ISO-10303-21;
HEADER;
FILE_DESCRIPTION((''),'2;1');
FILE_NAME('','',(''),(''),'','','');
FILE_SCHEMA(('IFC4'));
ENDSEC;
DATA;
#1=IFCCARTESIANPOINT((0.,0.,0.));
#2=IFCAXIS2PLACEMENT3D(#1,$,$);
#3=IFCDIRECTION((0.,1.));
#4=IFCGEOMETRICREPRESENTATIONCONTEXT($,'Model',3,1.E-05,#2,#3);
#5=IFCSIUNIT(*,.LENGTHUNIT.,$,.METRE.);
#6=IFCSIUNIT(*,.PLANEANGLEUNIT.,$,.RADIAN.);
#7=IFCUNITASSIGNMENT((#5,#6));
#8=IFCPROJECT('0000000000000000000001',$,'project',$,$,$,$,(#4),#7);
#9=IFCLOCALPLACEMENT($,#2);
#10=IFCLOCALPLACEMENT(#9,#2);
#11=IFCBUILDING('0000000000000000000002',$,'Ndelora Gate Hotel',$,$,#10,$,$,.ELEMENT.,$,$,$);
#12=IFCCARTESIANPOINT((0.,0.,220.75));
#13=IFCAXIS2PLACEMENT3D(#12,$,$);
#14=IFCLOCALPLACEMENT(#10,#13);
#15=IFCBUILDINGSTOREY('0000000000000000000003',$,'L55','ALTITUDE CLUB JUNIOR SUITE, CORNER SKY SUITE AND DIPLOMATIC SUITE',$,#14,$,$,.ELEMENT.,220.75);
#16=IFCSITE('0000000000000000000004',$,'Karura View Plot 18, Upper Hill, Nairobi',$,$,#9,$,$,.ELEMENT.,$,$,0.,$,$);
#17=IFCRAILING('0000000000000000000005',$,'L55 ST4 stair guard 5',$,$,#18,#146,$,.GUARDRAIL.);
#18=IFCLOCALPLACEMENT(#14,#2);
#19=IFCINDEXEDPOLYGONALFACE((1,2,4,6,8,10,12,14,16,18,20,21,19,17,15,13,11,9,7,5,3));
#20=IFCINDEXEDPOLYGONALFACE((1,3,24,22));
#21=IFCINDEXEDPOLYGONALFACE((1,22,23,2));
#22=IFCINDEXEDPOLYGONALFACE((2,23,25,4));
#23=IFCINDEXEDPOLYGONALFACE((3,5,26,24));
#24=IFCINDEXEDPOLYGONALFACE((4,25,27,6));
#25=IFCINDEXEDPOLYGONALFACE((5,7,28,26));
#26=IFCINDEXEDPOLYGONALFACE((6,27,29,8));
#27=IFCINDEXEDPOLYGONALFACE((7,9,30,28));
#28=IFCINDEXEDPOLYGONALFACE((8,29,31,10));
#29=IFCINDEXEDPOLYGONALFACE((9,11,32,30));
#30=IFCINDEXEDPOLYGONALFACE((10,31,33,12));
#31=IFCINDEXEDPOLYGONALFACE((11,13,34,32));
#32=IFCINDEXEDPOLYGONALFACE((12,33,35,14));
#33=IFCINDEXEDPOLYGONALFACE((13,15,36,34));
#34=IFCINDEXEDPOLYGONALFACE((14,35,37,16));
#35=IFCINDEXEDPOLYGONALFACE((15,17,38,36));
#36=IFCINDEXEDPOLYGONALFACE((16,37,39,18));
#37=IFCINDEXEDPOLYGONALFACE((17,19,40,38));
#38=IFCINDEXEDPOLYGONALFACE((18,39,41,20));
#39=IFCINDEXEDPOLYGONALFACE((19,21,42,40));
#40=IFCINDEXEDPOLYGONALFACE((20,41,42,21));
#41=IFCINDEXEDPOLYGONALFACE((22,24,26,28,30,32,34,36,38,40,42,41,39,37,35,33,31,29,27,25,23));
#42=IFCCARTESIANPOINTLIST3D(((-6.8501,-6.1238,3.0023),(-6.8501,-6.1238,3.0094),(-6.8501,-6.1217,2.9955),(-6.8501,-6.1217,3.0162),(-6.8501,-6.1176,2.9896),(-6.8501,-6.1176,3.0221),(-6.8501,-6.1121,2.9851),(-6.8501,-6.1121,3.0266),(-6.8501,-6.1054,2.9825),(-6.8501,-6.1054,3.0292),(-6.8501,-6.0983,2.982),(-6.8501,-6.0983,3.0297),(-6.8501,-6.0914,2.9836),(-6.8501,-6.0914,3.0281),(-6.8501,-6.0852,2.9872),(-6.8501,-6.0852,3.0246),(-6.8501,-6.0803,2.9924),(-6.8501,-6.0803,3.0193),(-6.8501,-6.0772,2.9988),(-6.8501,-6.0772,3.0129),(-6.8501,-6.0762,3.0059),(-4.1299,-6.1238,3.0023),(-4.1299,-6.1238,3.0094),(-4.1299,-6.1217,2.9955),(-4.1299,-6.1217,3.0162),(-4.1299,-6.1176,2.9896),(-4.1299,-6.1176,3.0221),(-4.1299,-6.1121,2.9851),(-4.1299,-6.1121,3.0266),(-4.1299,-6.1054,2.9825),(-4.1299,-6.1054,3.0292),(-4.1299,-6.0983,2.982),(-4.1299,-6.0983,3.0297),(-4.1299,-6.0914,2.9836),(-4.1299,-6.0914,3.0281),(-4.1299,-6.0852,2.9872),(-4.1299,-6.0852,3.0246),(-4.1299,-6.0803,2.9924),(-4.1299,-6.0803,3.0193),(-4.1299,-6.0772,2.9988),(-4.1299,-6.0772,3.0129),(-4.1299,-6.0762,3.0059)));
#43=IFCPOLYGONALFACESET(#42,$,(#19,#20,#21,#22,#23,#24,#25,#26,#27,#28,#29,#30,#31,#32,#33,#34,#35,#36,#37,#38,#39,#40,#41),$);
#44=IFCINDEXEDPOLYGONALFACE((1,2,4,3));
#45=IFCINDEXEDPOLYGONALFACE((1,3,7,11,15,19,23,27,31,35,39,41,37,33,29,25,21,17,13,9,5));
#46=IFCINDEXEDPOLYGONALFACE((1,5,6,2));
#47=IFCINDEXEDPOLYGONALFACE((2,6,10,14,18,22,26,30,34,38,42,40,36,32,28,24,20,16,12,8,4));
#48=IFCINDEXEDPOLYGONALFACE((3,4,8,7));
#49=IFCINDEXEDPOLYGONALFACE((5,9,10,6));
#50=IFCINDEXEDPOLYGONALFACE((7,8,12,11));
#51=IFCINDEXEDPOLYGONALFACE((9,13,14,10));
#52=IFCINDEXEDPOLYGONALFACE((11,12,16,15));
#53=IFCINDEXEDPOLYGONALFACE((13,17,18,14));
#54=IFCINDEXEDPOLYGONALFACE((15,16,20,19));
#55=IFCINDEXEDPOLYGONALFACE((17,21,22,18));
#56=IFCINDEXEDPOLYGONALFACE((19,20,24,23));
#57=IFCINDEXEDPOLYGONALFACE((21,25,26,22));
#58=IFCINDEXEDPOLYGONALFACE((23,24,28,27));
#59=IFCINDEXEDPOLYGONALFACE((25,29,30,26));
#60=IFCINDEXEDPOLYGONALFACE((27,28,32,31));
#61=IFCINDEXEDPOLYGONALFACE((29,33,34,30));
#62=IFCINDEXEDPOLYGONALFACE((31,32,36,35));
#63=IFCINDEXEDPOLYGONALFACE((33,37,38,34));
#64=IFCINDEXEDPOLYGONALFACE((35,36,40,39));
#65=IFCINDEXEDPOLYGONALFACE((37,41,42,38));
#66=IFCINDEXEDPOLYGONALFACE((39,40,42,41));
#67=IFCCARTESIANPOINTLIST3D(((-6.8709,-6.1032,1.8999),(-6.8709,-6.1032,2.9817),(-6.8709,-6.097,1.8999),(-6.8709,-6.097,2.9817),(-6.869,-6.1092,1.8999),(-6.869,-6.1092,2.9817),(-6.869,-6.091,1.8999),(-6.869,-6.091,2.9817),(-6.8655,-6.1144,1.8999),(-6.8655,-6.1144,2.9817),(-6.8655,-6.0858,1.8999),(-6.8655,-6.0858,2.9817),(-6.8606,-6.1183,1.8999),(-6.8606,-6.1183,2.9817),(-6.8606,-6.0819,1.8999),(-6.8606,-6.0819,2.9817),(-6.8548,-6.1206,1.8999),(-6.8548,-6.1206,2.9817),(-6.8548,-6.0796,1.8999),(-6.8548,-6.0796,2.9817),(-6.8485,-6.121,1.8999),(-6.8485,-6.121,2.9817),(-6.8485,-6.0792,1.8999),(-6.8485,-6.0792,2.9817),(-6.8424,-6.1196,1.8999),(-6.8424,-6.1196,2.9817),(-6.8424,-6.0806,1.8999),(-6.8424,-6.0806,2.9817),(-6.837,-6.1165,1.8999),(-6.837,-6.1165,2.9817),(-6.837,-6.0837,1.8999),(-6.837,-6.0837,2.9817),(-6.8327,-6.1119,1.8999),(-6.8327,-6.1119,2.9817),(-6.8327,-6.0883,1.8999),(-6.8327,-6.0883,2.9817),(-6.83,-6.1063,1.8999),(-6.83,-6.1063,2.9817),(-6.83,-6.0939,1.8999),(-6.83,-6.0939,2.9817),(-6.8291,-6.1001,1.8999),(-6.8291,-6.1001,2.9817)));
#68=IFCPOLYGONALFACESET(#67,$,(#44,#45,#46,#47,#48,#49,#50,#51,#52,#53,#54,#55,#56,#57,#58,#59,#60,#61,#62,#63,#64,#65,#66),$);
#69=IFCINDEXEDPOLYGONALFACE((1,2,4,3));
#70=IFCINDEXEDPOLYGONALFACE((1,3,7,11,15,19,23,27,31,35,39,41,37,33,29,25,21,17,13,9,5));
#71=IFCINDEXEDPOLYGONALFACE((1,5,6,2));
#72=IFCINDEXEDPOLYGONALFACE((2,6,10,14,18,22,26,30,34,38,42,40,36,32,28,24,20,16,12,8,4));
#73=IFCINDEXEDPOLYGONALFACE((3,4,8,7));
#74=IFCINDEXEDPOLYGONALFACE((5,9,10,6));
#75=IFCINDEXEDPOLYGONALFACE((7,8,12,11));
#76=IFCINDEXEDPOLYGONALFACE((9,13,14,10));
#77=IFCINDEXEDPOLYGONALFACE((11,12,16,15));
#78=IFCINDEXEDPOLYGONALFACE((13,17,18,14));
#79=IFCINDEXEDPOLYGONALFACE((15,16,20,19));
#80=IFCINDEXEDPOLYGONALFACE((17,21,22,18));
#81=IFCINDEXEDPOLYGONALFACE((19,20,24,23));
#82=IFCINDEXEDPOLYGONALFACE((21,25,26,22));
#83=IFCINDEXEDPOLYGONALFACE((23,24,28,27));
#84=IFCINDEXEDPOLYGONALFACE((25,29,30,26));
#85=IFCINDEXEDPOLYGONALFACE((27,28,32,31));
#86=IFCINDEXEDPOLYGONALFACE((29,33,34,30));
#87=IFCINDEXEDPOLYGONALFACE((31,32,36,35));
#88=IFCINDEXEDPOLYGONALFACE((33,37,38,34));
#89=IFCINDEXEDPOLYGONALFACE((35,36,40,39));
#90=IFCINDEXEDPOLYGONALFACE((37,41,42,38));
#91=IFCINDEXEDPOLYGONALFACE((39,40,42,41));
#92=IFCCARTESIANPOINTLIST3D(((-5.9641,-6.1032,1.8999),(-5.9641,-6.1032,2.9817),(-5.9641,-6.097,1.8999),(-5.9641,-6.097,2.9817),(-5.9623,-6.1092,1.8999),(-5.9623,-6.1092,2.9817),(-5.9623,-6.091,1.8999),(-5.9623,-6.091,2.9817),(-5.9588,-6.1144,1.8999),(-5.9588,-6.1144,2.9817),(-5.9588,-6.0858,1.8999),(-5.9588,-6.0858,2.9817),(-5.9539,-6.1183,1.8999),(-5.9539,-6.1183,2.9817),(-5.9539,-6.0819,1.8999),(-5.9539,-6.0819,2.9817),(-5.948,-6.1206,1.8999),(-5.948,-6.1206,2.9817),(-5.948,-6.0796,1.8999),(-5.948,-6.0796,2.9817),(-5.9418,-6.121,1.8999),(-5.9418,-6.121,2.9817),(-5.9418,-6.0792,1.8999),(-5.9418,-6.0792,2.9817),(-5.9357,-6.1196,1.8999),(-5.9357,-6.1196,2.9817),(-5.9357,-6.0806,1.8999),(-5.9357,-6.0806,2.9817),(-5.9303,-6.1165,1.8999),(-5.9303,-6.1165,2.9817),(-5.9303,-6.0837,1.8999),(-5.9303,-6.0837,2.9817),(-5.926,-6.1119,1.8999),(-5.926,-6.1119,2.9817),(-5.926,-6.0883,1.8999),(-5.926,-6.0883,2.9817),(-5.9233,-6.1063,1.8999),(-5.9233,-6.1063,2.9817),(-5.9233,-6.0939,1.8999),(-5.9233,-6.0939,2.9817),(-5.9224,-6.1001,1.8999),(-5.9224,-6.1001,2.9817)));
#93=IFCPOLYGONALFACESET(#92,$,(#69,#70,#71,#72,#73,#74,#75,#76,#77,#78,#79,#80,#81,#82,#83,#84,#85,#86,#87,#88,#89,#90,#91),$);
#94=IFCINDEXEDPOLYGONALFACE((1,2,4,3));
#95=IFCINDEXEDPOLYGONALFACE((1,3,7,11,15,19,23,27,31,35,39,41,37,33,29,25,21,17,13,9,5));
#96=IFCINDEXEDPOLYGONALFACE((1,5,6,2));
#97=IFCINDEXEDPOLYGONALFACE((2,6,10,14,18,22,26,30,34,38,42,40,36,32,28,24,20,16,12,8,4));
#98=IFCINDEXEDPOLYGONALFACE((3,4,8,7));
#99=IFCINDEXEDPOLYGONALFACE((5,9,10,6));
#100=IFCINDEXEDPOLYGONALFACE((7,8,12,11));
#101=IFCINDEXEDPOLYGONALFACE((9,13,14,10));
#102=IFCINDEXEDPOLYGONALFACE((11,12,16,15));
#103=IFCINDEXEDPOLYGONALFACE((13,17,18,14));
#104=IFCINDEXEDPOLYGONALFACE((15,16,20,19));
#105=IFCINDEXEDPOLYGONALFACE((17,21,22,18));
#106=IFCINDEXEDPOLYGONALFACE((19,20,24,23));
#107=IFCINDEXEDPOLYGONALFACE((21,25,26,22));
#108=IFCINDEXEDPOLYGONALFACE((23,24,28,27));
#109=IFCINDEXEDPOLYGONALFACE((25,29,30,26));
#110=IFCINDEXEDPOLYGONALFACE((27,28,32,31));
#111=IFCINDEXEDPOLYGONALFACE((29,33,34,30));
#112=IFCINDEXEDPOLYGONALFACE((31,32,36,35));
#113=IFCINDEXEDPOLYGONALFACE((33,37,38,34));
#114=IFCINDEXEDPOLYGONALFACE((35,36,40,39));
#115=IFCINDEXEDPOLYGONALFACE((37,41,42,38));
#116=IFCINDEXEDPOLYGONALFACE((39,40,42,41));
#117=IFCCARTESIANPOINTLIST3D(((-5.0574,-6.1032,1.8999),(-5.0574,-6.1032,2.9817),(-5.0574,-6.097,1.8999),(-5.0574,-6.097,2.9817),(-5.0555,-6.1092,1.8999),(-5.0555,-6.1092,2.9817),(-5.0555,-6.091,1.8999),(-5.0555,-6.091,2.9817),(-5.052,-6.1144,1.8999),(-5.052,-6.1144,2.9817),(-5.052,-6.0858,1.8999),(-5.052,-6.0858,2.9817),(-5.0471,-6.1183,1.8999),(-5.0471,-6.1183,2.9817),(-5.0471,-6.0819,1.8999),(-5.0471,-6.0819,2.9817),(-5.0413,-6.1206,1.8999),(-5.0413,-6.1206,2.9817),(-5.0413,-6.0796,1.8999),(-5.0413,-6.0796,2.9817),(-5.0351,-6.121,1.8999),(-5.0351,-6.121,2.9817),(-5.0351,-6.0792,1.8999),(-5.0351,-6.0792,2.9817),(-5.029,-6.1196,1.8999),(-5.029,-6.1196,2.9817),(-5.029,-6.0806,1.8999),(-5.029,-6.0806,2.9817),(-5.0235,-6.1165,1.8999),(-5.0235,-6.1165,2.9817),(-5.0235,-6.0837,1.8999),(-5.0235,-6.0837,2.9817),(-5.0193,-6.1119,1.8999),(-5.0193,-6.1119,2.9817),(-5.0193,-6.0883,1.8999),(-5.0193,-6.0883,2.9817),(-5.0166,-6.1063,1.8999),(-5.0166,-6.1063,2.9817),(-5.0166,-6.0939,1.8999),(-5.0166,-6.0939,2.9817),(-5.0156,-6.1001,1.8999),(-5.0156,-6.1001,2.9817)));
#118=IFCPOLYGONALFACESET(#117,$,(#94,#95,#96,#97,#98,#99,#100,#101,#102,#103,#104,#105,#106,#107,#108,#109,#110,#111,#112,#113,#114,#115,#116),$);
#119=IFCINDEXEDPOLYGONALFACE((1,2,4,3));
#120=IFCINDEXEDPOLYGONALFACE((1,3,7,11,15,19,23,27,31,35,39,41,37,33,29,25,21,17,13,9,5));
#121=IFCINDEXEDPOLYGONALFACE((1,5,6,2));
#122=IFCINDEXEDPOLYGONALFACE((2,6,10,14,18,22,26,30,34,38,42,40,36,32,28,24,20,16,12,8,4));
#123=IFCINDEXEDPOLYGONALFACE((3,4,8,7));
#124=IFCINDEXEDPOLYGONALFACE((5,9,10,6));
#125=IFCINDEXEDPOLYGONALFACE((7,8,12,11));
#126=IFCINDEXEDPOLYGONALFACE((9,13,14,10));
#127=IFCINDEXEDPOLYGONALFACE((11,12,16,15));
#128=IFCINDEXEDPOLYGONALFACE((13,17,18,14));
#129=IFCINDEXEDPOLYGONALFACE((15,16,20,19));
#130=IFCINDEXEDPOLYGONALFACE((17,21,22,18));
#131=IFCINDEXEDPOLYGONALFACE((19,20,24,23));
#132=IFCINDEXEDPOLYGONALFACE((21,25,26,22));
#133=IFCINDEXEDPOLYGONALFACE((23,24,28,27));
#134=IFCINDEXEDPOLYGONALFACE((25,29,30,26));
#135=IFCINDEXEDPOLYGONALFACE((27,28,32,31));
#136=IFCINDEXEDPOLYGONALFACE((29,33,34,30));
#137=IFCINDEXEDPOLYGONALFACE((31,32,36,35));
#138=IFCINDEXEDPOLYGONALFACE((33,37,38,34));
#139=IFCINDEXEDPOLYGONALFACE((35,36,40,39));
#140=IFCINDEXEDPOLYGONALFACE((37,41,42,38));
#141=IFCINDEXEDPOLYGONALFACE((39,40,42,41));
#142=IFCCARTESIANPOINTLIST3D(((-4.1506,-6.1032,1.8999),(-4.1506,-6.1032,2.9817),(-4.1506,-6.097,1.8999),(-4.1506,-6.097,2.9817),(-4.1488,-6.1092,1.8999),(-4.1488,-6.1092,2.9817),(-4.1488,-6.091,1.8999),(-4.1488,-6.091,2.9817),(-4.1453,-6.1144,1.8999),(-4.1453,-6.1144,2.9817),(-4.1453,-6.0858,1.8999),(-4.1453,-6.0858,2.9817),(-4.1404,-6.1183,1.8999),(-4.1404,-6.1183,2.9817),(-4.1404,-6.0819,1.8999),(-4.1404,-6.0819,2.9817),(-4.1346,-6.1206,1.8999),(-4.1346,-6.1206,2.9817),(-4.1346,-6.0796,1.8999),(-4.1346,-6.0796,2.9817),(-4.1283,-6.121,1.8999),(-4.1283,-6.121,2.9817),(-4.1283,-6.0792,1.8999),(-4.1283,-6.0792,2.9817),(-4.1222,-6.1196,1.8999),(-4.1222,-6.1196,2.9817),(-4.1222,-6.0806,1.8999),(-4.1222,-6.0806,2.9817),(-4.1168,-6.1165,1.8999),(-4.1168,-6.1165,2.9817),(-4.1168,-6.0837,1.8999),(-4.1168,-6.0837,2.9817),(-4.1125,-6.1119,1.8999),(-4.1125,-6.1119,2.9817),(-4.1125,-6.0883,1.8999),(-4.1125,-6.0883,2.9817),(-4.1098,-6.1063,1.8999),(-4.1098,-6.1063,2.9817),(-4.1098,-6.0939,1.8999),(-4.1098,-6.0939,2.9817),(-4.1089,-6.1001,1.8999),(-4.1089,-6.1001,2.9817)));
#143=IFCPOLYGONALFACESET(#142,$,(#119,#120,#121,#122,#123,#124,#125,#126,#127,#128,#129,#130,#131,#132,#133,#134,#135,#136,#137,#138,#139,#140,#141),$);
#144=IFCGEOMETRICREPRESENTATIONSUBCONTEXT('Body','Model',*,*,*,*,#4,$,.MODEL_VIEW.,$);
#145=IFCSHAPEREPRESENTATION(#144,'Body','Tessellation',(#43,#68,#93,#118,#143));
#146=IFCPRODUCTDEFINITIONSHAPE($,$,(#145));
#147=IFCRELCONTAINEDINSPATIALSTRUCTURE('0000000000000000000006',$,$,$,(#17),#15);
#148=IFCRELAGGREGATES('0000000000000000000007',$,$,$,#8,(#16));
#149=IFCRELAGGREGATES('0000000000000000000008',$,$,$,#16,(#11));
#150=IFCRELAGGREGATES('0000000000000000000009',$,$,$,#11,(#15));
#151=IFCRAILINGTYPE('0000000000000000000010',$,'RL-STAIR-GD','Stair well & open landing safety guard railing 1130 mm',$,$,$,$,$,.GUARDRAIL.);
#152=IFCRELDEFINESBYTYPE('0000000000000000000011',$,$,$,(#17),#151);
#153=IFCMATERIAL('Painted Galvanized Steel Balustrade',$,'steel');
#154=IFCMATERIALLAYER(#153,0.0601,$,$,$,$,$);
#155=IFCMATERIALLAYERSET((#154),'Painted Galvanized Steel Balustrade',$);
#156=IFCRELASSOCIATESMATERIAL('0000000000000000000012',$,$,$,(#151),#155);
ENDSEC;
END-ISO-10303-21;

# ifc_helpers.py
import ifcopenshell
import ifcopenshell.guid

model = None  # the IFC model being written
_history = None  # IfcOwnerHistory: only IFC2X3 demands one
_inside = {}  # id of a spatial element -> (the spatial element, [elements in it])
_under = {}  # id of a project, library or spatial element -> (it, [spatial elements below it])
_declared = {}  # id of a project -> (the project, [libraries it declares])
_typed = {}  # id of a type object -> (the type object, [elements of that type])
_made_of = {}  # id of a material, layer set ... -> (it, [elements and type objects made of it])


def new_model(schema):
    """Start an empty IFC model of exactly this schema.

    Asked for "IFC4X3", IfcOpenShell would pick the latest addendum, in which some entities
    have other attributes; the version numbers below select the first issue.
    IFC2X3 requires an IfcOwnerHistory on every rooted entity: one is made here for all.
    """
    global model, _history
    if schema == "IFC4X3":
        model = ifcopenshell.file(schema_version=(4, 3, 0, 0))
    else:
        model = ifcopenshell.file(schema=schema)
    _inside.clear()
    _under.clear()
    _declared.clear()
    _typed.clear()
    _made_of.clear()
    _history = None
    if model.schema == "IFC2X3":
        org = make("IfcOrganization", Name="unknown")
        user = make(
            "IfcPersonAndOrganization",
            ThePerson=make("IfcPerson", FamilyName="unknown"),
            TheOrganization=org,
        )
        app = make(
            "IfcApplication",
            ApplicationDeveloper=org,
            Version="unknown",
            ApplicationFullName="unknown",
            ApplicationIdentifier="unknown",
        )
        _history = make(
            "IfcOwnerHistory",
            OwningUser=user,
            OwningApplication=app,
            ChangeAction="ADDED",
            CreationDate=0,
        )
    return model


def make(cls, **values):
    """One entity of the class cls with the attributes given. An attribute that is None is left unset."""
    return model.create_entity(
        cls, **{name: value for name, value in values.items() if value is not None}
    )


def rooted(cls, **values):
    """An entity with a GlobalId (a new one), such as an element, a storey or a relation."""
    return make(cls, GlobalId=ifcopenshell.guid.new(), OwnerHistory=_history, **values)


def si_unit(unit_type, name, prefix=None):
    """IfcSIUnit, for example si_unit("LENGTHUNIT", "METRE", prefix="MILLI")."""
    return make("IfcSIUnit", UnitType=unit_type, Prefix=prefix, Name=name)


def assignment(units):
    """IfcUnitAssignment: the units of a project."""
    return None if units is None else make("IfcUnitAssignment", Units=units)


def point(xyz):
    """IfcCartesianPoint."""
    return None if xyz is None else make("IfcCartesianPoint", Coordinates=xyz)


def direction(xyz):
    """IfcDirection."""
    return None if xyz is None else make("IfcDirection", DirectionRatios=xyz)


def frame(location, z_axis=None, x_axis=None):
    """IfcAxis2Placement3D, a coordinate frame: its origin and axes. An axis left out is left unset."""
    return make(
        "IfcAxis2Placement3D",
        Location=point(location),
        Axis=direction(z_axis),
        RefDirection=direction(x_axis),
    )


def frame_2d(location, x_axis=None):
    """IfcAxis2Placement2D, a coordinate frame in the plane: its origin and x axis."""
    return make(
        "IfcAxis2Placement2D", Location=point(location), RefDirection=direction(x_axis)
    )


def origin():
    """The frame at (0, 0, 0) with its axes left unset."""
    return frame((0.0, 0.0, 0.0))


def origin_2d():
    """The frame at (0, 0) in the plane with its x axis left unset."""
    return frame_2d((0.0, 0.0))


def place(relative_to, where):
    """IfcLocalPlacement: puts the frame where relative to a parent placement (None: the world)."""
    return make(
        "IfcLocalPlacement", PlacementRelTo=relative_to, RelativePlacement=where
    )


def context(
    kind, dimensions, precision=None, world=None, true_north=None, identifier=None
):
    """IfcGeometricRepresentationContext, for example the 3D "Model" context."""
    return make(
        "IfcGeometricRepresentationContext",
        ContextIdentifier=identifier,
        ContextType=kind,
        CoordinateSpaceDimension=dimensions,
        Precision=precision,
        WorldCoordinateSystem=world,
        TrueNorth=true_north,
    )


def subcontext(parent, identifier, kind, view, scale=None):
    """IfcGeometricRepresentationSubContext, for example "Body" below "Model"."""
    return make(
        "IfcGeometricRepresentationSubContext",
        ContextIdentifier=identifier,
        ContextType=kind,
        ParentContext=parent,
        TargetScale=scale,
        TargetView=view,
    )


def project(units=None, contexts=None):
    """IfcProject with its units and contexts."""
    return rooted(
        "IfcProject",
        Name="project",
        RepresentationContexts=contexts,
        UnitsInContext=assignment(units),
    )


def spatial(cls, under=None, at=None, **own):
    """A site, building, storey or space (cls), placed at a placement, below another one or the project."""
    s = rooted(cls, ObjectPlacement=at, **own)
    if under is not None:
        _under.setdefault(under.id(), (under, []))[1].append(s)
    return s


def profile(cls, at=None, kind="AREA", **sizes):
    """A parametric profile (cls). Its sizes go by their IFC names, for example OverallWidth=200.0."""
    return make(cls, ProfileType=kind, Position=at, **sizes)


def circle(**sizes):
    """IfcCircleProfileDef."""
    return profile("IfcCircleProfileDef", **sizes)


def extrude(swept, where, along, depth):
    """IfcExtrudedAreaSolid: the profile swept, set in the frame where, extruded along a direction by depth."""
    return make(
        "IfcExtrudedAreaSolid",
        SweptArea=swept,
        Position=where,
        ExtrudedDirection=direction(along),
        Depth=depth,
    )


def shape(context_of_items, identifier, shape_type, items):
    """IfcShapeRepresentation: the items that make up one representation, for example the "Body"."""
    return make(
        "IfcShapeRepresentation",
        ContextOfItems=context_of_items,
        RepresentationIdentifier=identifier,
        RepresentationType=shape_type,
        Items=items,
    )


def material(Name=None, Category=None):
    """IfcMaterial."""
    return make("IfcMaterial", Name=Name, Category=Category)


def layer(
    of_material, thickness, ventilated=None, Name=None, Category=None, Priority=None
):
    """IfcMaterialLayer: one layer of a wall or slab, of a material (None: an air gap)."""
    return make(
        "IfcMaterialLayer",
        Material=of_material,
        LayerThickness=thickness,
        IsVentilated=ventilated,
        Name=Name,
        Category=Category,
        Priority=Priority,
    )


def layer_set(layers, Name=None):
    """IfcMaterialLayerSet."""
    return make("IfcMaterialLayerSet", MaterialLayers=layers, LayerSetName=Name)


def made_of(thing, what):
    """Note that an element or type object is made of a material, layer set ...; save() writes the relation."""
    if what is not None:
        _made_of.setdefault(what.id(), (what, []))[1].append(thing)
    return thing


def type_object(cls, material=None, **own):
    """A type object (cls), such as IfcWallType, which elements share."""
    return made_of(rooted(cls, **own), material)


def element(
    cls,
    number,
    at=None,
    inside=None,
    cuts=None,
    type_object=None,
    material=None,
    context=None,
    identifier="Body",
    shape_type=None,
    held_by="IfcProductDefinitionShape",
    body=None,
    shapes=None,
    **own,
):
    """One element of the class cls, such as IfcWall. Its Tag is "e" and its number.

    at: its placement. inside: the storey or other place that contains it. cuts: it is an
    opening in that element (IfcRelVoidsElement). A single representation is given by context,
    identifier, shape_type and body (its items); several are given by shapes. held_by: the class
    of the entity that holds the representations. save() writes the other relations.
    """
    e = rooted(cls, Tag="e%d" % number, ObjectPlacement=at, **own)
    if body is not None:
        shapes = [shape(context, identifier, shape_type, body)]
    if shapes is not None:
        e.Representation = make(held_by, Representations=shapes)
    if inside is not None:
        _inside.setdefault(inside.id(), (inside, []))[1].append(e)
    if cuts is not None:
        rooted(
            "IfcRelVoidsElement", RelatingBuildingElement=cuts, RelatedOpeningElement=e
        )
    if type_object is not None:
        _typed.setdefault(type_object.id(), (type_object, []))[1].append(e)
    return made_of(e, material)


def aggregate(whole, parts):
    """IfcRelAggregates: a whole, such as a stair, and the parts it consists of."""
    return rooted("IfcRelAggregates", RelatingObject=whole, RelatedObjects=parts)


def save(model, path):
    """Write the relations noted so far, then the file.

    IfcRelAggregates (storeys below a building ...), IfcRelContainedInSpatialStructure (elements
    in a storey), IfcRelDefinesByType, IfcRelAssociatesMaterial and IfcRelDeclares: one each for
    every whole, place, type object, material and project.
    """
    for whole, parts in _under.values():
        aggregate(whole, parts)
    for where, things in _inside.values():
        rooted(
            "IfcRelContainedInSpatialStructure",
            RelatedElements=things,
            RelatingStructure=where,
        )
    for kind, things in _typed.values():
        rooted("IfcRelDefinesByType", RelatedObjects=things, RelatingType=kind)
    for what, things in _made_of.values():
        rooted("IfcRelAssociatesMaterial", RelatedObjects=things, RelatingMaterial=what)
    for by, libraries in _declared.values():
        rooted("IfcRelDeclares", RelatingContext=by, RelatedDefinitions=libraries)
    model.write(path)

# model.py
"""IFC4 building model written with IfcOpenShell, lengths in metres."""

from ifc_helpers import new_model, si_unit, direction, frame, origin, origin_2d, place, context, subcontext, project, spatial, circle, extrude, material, layer, layer_set, type_object, element, save


model = new_model("IFC4")

# Units and contexts
model_context = context("Model", 3, precision=1e-05, world=origin(), true_north=direction((0.0, 1.0)))
body_context = subcontext(model_context, "Body", "Model", "MODEL_VIEW")
ifc_project = project(units=[si_unit("LENGTHUNIT", "METRE"), si_unit("PLANEANGLEUNIT", "RADIAN")], contexts=[model_context])

# Site, building, storey
site_placement = place(None, origin())
site = spatial("IfcSite", under=ifc_project, at=site_placement, Name="Karura View Plot 18, Upper Hill, Nairobi", CompositionType="ELEMENT", RefElevation=0.0)
building_placement = place(site_placement, origin())
building = spatial("IfcBuilding", under=site, at=building_placement, Name="Ndelora Gate Hotel", CompositionType="ELEMENT")
storey_placement = place(building_placement, frame((0.0, 0.0, 220.75)))
storey = spatial("IfcBuildingStorey", under=building, at=storey_placement, Name="L55", Description="ALTITUDE CLUB JUNIOR SUITE, CORNER SKY SUITE AND DIPLOMATIC SUITE", CompositionType="ELEMENT", Elevation=220.75)

# Railing
ifc_material_1 = material(Name="Painted Galvanized Steel Balustrade", Category="steel")
ifc_layer_1 = layer(ifc_material_1, 0.0601)
ifc_layer_set_1 = layer_set([ifc_layer_1], Name="Painted Galvanized Steel Balustrade")
railing_type_1 = type_object("IfcRailingType", Name="RL-STAIR-GD", Description="Stair well & open landing safety guard railing 1130 mm", PredefinedType="GUARDRAIL", material=ifc_layer_set_1)
railing_1_placement = place(storey_placement, frame((-6.8501, -6.1001, 1.8999)))
element("IfcRailing", 1, at=railing_1_placement, inside=storey, type_object=railing_type_1, Name="L55 ST4 stair guard 5", PredefinedType="GUARDRAIL", context=body_context, shape_type="SweptSolid", body=[
    extrude(circle(Radius=0.0239, at=origin_2d()), frame((0.0, 0.0, 1.106), z_axis=(1.0, 0.0, 0.0), x_axis=(0.0, 1.0, 0.0)), (0.0, 0.0, 1.0), 2.7202),
    extrude(circle(Radius=0.021, at=origin_2d()), origin(), (0.0, 0.0, 1.0), 1.0818),
    extrude(circle(Radius=0.021, at=origin_2d()), frame((0.9067, 0.0, 0.0)), (0.0, 0.0, 1.0), 1.0818),
    extrude(circle(Radius=0.021, at=origin_2d()), frame((1.8135, 0.0, 0.0)), (0.0, 0.0, 1.0), 1.0818),
    extrude(circle(Radius=0.021, at=origin_2d()), frame((2.7202, 0.0, 0.0)), (0.0, 0.0, 1.0), 1.0818),
])

save(model, "model.ifc")
